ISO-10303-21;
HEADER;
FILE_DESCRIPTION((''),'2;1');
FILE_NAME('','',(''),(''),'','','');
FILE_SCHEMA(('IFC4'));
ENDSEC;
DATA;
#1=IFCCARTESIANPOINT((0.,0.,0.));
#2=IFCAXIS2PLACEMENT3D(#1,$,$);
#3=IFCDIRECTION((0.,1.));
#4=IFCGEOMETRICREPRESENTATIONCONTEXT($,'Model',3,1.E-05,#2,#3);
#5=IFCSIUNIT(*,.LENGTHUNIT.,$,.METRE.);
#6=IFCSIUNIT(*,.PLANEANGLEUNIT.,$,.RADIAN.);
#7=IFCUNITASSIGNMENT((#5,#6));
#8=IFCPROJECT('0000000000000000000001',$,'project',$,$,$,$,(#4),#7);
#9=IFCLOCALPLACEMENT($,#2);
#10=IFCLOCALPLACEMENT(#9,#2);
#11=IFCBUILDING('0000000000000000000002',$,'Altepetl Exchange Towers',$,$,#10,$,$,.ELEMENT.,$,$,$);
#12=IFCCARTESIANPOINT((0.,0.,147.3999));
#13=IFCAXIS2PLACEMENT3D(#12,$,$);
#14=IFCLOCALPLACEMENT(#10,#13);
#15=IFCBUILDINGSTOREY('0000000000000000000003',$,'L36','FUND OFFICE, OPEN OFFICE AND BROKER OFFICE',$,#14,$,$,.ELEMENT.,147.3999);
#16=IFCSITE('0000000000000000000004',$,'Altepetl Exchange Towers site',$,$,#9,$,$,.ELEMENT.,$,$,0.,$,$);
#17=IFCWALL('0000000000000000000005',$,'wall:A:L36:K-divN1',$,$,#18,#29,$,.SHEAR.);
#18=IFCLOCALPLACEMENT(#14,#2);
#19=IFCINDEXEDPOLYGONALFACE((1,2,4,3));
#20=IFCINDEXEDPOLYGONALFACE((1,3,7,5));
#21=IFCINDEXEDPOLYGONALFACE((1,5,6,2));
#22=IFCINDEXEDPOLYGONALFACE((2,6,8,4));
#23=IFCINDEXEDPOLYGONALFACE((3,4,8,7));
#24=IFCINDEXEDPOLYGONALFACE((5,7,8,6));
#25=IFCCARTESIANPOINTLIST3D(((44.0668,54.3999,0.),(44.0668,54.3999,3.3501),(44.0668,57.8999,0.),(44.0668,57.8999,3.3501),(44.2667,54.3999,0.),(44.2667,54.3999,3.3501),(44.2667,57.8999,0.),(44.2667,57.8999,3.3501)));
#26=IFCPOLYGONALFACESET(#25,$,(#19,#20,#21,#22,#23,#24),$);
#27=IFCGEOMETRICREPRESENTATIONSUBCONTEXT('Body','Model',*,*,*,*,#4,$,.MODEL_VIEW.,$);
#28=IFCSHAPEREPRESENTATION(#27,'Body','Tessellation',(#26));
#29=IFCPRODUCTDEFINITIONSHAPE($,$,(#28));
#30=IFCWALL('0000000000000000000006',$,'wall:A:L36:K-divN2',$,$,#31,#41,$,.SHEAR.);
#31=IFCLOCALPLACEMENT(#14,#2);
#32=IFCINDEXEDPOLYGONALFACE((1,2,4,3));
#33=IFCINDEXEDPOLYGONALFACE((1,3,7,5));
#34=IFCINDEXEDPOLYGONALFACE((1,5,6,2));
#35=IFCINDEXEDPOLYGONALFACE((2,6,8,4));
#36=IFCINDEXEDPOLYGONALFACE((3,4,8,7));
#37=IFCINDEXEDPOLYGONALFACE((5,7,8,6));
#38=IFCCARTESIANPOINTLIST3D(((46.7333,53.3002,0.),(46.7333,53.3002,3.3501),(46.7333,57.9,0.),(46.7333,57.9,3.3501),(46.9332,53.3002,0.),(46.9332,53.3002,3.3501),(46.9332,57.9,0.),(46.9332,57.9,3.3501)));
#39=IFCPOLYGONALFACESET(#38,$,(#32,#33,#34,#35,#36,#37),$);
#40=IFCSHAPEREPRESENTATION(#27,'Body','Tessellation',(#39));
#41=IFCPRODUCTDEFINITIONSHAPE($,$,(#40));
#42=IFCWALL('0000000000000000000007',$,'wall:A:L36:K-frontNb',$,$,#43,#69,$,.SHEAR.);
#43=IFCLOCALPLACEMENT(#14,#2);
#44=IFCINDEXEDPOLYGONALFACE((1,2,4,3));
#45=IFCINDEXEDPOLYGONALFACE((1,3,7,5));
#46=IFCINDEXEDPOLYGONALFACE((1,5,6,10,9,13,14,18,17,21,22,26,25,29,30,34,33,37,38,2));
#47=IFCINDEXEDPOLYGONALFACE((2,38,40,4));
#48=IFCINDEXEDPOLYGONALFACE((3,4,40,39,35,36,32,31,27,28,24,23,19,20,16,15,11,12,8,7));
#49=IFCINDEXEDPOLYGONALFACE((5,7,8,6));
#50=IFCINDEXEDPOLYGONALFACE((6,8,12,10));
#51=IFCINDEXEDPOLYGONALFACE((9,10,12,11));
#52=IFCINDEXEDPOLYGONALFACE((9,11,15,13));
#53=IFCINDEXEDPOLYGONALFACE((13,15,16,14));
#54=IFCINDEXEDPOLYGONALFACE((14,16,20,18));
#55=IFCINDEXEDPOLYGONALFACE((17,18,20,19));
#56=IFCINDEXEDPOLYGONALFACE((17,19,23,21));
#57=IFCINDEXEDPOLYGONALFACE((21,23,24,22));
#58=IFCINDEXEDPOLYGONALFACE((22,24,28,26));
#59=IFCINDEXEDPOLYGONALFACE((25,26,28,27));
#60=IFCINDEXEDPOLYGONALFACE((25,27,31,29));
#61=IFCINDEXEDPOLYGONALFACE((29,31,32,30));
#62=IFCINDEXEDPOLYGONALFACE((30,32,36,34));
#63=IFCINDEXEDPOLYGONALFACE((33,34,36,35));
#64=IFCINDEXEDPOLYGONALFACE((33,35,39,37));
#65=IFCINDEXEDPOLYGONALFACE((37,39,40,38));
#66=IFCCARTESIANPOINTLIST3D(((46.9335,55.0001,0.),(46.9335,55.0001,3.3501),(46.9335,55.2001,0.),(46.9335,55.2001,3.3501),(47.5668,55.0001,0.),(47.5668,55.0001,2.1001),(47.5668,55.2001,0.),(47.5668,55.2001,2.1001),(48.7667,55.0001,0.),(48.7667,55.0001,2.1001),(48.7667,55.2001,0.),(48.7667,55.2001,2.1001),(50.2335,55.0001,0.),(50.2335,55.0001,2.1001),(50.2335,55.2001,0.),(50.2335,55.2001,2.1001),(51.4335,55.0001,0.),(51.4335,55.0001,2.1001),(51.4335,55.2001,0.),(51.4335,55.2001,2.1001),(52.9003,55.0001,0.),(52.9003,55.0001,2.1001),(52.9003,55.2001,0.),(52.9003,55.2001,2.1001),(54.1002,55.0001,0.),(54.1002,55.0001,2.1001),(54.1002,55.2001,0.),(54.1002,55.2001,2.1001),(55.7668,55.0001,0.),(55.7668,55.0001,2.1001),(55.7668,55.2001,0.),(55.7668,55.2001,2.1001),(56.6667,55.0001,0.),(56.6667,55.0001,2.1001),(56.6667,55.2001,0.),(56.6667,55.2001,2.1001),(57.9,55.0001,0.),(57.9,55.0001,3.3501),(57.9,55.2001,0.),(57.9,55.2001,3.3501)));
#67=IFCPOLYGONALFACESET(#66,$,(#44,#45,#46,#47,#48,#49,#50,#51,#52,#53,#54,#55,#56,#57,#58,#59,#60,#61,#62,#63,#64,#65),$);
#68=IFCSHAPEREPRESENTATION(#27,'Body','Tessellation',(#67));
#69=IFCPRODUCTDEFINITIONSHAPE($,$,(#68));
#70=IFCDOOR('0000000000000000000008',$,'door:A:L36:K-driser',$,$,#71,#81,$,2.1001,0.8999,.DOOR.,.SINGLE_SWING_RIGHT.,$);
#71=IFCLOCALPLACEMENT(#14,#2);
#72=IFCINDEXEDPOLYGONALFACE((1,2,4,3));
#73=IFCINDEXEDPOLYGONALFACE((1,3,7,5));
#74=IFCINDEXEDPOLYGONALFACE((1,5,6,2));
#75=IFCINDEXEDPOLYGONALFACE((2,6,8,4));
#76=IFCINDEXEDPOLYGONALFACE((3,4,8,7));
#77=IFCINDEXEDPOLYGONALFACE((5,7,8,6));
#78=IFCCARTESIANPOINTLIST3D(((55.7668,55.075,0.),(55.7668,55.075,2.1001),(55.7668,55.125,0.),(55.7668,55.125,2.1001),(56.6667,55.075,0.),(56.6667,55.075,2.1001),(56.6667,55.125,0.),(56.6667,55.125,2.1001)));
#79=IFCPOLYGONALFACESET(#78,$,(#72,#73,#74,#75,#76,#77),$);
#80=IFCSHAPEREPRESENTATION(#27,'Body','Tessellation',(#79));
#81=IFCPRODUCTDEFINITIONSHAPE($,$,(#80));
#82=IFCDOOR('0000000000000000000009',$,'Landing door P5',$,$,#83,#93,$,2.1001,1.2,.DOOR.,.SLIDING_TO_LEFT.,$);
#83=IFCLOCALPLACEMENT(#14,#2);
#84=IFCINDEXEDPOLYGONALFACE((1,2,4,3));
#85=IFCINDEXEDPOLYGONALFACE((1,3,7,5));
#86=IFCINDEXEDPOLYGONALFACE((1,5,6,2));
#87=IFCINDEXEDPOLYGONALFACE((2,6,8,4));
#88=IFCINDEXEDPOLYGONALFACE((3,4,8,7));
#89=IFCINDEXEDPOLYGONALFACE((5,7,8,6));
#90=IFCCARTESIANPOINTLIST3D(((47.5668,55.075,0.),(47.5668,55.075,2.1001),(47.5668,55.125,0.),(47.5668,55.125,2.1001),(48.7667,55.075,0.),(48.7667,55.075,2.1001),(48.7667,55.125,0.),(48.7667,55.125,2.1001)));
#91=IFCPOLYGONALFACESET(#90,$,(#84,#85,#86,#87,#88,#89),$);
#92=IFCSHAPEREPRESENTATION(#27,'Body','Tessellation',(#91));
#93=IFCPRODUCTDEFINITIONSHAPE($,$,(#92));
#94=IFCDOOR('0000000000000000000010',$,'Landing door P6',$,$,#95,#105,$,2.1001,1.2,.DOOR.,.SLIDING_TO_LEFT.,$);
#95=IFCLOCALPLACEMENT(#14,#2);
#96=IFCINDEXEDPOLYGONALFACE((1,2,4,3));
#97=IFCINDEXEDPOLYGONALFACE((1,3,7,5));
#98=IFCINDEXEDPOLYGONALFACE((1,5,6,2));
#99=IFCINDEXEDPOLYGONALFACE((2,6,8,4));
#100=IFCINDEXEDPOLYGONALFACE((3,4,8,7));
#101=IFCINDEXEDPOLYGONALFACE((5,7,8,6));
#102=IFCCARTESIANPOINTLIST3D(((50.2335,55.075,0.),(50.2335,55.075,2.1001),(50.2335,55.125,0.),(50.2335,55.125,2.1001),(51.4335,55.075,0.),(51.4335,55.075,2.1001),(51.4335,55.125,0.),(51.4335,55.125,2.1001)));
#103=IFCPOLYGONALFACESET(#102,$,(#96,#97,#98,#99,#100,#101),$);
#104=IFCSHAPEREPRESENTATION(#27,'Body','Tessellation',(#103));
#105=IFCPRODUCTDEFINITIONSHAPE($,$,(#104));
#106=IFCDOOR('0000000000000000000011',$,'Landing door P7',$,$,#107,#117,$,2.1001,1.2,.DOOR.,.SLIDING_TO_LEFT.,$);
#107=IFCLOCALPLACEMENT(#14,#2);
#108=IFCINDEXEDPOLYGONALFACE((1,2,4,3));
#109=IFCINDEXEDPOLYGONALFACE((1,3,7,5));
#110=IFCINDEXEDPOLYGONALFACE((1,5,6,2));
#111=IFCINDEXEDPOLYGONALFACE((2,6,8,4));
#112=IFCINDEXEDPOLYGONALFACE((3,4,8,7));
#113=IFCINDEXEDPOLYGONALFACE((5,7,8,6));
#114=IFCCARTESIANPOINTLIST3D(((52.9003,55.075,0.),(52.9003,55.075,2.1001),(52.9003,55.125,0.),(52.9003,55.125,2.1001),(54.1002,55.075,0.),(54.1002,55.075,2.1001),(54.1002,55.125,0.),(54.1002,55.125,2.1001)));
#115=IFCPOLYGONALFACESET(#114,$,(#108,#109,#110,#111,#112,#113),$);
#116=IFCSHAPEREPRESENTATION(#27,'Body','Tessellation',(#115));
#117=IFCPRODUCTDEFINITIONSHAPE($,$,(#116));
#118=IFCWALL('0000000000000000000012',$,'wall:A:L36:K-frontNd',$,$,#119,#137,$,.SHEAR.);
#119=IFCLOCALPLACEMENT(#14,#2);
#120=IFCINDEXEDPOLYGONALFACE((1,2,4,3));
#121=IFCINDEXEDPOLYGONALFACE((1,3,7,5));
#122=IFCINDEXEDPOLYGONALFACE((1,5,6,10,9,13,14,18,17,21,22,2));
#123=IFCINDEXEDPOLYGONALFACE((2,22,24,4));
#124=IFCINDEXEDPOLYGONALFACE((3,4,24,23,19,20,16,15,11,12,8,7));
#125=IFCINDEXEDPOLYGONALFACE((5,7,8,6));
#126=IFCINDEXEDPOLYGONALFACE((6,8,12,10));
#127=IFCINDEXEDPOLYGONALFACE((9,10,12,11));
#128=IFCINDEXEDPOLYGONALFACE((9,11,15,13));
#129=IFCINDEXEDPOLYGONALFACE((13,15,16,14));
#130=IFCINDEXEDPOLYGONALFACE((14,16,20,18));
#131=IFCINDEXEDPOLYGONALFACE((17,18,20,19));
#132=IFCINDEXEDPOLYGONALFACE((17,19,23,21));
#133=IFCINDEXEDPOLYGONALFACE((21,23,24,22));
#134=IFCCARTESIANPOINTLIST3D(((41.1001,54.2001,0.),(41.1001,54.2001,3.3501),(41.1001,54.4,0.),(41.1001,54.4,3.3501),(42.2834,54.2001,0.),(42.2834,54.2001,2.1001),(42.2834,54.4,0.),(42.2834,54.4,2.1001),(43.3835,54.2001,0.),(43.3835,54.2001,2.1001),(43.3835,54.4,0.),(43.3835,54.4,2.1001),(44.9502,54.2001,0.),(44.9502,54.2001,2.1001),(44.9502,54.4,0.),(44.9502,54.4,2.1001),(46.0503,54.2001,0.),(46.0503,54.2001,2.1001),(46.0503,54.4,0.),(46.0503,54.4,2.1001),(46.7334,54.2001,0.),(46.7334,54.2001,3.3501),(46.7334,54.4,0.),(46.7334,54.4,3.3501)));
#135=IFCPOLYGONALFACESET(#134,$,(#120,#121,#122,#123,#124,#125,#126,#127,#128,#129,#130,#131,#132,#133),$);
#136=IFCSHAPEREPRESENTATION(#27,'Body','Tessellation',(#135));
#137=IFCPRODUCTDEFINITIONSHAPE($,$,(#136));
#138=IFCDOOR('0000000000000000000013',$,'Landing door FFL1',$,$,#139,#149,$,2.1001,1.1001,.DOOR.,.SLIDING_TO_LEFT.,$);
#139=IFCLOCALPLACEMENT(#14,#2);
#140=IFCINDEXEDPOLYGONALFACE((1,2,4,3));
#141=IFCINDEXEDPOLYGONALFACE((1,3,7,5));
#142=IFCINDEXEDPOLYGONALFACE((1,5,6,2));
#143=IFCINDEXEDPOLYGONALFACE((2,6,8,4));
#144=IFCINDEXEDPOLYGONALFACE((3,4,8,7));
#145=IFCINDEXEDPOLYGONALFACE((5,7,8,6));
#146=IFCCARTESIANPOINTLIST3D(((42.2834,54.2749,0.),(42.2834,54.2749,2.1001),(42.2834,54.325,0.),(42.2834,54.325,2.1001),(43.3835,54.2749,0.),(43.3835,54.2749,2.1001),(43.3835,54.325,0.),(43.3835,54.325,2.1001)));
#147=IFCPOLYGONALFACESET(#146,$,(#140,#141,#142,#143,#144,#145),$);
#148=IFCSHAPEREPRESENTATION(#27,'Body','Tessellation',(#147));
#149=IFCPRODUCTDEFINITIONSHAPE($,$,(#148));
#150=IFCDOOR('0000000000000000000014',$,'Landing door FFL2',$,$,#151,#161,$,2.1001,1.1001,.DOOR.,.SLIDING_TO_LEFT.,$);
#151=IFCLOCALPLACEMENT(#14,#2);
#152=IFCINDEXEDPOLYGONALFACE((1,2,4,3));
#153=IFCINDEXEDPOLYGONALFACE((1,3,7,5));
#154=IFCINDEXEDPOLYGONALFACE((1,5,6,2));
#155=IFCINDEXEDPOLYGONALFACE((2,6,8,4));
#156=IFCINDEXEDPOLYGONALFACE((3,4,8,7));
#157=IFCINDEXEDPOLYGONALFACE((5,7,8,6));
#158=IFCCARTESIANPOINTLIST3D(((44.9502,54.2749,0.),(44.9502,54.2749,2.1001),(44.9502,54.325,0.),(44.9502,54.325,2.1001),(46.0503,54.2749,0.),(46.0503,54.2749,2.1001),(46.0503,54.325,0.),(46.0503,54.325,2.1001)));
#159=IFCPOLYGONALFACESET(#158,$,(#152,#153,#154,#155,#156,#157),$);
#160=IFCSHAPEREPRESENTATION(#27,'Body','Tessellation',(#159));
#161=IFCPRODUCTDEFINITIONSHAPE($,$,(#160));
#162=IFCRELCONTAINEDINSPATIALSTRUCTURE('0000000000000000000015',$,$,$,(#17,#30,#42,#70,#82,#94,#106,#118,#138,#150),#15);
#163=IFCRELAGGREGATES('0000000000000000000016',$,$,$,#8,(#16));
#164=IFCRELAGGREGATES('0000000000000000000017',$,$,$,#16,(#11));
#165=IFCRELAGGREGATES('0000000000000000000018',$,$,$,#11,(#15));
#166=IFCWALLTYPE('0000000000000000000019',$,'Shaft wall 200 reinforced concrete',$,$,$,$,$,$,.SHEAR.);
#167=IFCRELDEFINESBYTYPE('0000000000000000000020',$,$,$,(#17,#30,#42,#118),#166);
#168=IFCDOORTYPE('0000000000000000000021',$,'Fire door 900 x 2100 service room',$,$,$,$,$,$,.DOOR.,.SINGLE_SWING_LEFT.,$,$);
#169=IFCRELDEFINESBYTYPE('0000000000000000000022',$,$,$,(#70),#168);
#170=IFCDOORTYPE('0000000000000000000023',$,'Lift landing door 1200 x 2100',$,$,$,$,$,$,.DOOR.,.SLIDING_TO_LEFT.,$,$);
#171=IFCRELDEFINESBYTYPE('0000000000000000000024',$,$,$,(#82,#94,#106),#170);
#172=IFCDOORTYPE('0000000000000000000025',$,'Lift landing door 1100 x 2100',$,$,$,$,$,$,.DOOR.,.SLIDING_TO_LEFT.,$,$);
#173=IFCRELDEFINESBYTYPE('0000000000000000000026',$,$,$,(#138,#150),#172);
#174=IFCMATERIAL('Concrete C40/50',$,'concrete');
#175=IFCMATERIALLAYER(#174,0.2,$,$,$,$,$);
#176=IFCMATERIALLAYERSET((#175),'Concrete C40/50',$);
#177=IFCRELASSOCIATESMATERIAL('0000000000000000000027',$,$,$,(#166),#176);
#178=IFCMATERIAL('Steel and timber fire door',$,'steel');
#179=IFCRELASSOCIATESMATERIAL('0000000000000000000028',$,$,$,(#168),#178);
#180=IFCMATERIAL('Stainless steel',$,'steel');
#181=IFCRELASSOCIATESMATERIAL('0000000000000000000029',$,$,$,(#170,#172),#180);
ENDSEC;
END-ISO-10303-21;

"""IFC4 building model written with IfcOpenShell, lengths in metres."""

from ifc_helpers import new_model, si_unit, direction, frame, frame_2d, origin, place, context, subcontext, project, spatial, rectangle, extrude, material, layer, layer_set, type_object, element, fill, save


model = new_model("IFC4")

# Units and contexts
model_context = context("Model", 3, precision=1e-05, world=origin(), true_north=direction((0.0, 1.0)))
body_context = subcontext(model_context, "Body", "Model", "MODEL_VIEW")
ifc_project = project(units=[si_unit("LENGTHUNIT", "METRE"), si_unit("PLANEANGLEUNIT", "RADIAN")], contexts=[model_context])

# Site, building, storey
site_placement = place(None, origin())
site = spatial("IfcSite", under=ifc_project, at=site_placement, Name="Altepetl Exchange Towers site", CompositionType="ELEMENT", RefElevation=0.0)
building_placement = place(site_placement, origin())
building = spatial("IfcBuilding", under=site, at=building_placement, Name="Altepetl Exchange Towers", CompositionType="ELEMENT")
storey_placement = place(building_placement, frame((0.0, 0.0, 147.3999)))
storey = spatial("IfcBuildingStorey", under=building, at=storey_placement, Name="L36", Description="FUND OFFICE, OPEN OFFICE AND BROKER OFFICE", CompositionType="ELEMENT", Elevation=147.3999)

# Shared definitions
ifc_material_1 = material(Name="Steel and timber fire door", Category="steel")

# Walls
ifc_material_2 = material(Name="Concrete C40/50", Category="concrete")
ifc_layer_1 = layer(ifc_material_2, 0.2)
ifc_layer_set_1 = layer_set([ifc_layer_1], Name="Concrete C40/50")
wall_type_1 = type_object("IfcWallType", Name="Shaft wall 200 reinforced concrete", PredefinedType="SHEAR", material=ifc_layer_set_1)
wall_1_placement = place(storey_placement, frame((44.1667, 57.8999, 0.0), z_axis=(0.0, 0.0, 1.0), x_axis=(0.0, -1.0, 0.0)))
element("IfcWall", 1, at=wall_1_placement, inside=storey, type_object=wall_type_1, Name="wall:A:L36:K-divN1", PredefinedType="SHEAR", context=body_context, shape_type="SweptSolid", body=[
    extrude(rectangle(XDim=3.5, YDim=0.2, at=frame_2d((1.75, 0.0))), origin(), (0.0, 0.0, 1.0), 3.3501),
])
wall_2_placement = place(storey_placement, frame((46.8333, 57.8999, 0.0), z_axis=(0.0, 0.0, 1.0), x_axis=(0.0, -1.0, 0.0)))
element("IfcWall", 2, at=wall_2_placement, inside=storey, type_object=wall_type_1, Name="wall:A:L36:K-divN2", PredefinedType="SHEAR", context=body_context, shape_type="SweptSolid", body=[
    extrude(rectangle(XDim=4.5999, YDim=0.2, at=frame_2d((2.2998, 0.0))), origin(), (0.0, 0.0, 1.0), 3.3501),
])

# Walls, openings, doors
wall_3_placement = place(storey_placement, frame((46.9333, 55.1001, 0.0)))
wall_3 = element("IfcWall", 3, at=wall_3_placement, inside=storey, type_object=wall_type_1, Name="wall:A:L36:K-frontNb", PredefinedType="SHEAR", context=body_context, shape_type="SweptSolid", body=[
    extrude(rectangle(XDim=10.9666, YDim=0.2, at=frame_2d((5.4834, 0.0))), origin(), (0.0, 0.0, 1.0), 3.3501),
])
opening_1_placement = place(wall_3_placement, frame((8.8335, 0.0, 0.0)))
opening_1 = element("IfcOpeningElement", 4, at=opening_1_placement, cuts=wall_3, PredefinedType="OPENING", context=body_context, shape_type="SweptSolid", body=[
    extrude(rectangle(XDim=0.8999, YDim=2.1001, at=frame_2d((0.45, 1.05))), frame((0.0, 0.1099, 0.0), z_axis=(0.0, -1.0, 0.0), x_axis=(1.0, 0.0, 0.0)), (0.0, 0.0, 1.0), 0.22),
])
opening_2_placement = place(wall_3_placement, frame((0.6333, 0.0, 0.0)))
opening_2 = element("IfcOpeningElement", 5, at=opening_2_placement, cuts=wall_3, PredefinedType="OPENING", context=body_context, shape_type="SweptSolid", body=[
    extrude(rectangle(XDim=1.2, YDim=2.1001, at=frame_2d((0.6001, 1.05))), frame((0.0, 0.1099, 0.0), z_axis=(0.0, -1.0, 0.0), x_axis=(1.0, 0.0, 0.0)), (0.0, 0.0, 1.0), 0.22),
])
opening_3_placement = place(wall_3_placement, frame((3.3, 0.0, 0.0)))
opening_3 = element("IfcOpeningElement", 6, at=opening_3_placement, cuts=wall_3, PredefinedType="OPENING", context=body_context, shape_type="SweptSolid", body=[
    extrude(rectangle(XDim=1.2, YDim=2.1001, at=frame_2d((0.6001, 1.05))), frame((0.0, 0.1099, 0.0), z_axis=(0.0, -1.0, 0.0), x_axis=(1.0, 0.0, 0.0)), (0.0, 0.0, 1.0), 0.22),
])
opening_4_placement = place(wall_3_placement, frame((5.9668, 0.0, 0.0)))
opening_4 = element("IfcOpeningElement", 7, at=opening_4_placement, cuts=wall_3, PredefinedType="OPENING", context=body_context, shape_type="SweptSolid", body=[
    extrude(rectangle(XDim=1.2, YDim=2.1001, at=frame_2d((0.6001, 1.05))), frame((0.0, 0.1099, 0.0), z_axis=(0.0, -1.0, 0.0), x_axis=(1.0, 0.0, 0.0)), (0.0, 0.0, 1.0), 0.22),
])
door_type_1 = type_object("IfcDoorType", Name="Fire door 900 x 2100 service room", OperationType="SINGLE_SWING_LEFT", PredefinedType="DOOR", material=ifc_material_1)
door_1_placement = place(opening_1_placement, origin())
door_1 = element("IfcDoor", 8, at=door_1_placement, inside=storey, type_object=door_type_1, Name="door:A:L36:K-driser", OperationType="SINGLE_SWING_RIGHT", OverallHeight=2.1001, OverallWidth=0.8999, PredefinedType="DOOR", context=body_context, shape_type="SweptSolid", body=[
    extrude(rectangle(XDim=0.8999, YDim=2.1001, at=frame_2d((0.45, 1.05))), frame((0.0, 0.0249, 0.0), z_axis=(0.0, -1.0, 0.0), x_axis=(1.0, 0.0, 0.0)), (0.0, 0.0, 1.0), 0.05),
])
fill(opening_1, door_1)
ifc_material_3 = material(Name="Stainless steel", Category="steel")
door_type_2 = type_object("IfcDoorType", Name="Lift landing door 1200 x 2100", OperationType="SLIDING_TO_LEFT", PredefinedType="DOOR", material=ifc_material_3)
door_2_placement = place(opening_2_placement, origin())
door_2 = element("IfcDoor", 9, at=door_2_placement, inside=storey, type_object=door_type_2, Name="Landing door P5", OperationType="SLIDING_TO_LEFT", OverallHeight=2.1001, OverallWidth=1.2, PredefinedType="DOOR", context=body_context, shape_type="SweptSolid", body=[
    extrude(rectangle(XDim=1.2, YDim=2.1001, at=frame_2d((0.6001, 1.05))), frame((0.0, 0.0249, 0.0), z_axis=(0.0, -1.0, 0.0), x_axis=(1.0, 0.0, 0.0)), (0.0, 0.0, 1.0), 0.05),
])
fill(opening_2, door_2)
door_3_placement = place(opening_3_placement, origin())
door_3 = element("IfcDoor", 10, at=door_3_placement, inside=storey, type_object=door_type_2, Name="Landing door P6", OperationType="SLIDING_TO_LEFT", OverallHeight=2.1001, OverallWidth=1.2, PredefinedType="DOOR", context=body_context, shape_type="SweptSolid", body=[
    extrude(rectangle(XDim=1.2, YDim=2.1001, at=frame_2d((0.6001, 1.05))), frame((0.0, 0.0249, 0.0), z_axis=(0.0, -1.0, 0.0), x_axis=(1.0, 0.0, 0.0)), (0.0, 0.0, 1.0), 0.05),
])
fill(opening_3, door_3)
door_4_placement = place(opening_4_placement, origin())
door_4 = element("IfcDoor", 11, at=door_4_placement, inside=storey, type_object=door_type_2, Name="Landing door P7", OperationType="SLIDING_TO_LEFT", OverallHeight=2.1001, OverallWidth=1.2, PredefinedType="DOOR", context=body_context, shape_type="SweptSolid", body=[
    extrude(rectangle(XDim=1.2, YDim=2.1001, at=frame_2d((0.6001, 1.05))), frame((0.0, 0.0249, 0.0), z_axis=(0.0, -1.0, 0.0), x_axis=(1.0, 0.0, 0.0)), (0.0, 0.0, 1.0), 0.05),
])
fill(opening_4, door_4)
wall_4_placement = place(storey_placement, frame((41.1001, 54.3, 0.0)))
wall_4 = element("IfcWall", 12, at=wall_4_placement, inside=storey, type_object=wall_type_1, Name="wall:A:L36:K-frontNd", PredefinedType="SHEAR", context=body_context, shape_type="SweptSolid", body=[
    extrude(rectangle(XDim=5.6333, YDim=0.2, at=frame_2d((2.8167, 0.0))), origin(), (0.0, 0.0, 1.0), 3.3501),
])
opening_5_placement = place(wall_4_placement, frame((1.1833, 0.0, 0.0)))
opening_5 = element("IfcOpeningElement", 13, at=opening_5_placement, cuts=wall_4, PredefinedType="OPENING", context=body_context, shape_type="SweptSolid", body=[
    extrude(rectangle(XDim=1.1001, YDim=2.1001, at=frame_2d((0.55, 1.05))), frame((0.0, 0.1099, 0.0), z_axis=(0.0, -1.0, 0.0), x_axis=(1.0, 0.0, 0.0)), (0.0, 0.0, 1.0), 0.22),
])
opening_6_placement = place(wall_4_placement, frame((3.8501, 0.0, 0.0)))
opening_6 = element("IfcOpeningElement", 14, at=opening_6_placement, cuts=wall_4, PredefinedType="OPENING", context=body_context, shape_type="SweptSolid", body=[
    extrude(rectangle(XDim=1.1001, YDim=2.1001, at=frame_2d((0.55, 1.05))), frame((0.0, 0.1099, 0.0), z_axis=(0.0, -1.0, 0.0), x_axis=(1.0, 0.0, 0.0)), (0.0, 0.0, 1.0), 0.22),
])
door_type_3 = type_object("IfcDoorType", Name="Lift landing door 1100 x 2100", OperationType="SLIDING_TO_LEFT", PredefinedType="DOOR", material=ifc_material_3)
door_5_placement = place(opening_5_placement, origin())
door_5 = element("IfcDoor", 15, at=door_5_placement, inside=storey, type_object=door_type_3, Name="Landing door FFL1", OperationType="SLIDING_TO_LEFT", OverallHeight=2.1001, OverallWidth=1.1001, PredefinedType="DOOR", context=body_context, shape_type="SweptSolid", body=[
    extrude(rectangle(XDim=1.1001, YDim=2.1001, at=frame_2d((0.55, 1.05))), frame((0.0, 0.0249, 0.0), z_axis=(0.0, -1.0, 0.0), x_axis=(1.0, 0.0, 0.0)), (0.0, 0.0, 1.0), 0.05),
])
fill(opening_5, door_5)
door_6_placement = place(opening_6_placement, origin())
door_6 = element("IfcDoor", 16, at=door_6_placement, inside=storey, type_object=door_type_3, Name="Landing door FFL2", OperationType="SLIDING_TO_LEFT", OverallHeight=2.1001, OverallWidth=1.1001, PredefinedType="DOOR", context=body_context, shape_type="SweptSolid", body=[
    extrude(rectangle(XDim=1.1001, YDim=2.1001, at=frame_2d((0.55, 1.05))), frame((0.0, 0.0249, 0.0), z_axis=(0.0, -1.0, 0.0), x_axis=(1.0, 0.0, 0.0)), (0.0, 0.0, 1.0), 0.05),
])
fill(opening_6, door_6)

save(model, "model.ifc")
